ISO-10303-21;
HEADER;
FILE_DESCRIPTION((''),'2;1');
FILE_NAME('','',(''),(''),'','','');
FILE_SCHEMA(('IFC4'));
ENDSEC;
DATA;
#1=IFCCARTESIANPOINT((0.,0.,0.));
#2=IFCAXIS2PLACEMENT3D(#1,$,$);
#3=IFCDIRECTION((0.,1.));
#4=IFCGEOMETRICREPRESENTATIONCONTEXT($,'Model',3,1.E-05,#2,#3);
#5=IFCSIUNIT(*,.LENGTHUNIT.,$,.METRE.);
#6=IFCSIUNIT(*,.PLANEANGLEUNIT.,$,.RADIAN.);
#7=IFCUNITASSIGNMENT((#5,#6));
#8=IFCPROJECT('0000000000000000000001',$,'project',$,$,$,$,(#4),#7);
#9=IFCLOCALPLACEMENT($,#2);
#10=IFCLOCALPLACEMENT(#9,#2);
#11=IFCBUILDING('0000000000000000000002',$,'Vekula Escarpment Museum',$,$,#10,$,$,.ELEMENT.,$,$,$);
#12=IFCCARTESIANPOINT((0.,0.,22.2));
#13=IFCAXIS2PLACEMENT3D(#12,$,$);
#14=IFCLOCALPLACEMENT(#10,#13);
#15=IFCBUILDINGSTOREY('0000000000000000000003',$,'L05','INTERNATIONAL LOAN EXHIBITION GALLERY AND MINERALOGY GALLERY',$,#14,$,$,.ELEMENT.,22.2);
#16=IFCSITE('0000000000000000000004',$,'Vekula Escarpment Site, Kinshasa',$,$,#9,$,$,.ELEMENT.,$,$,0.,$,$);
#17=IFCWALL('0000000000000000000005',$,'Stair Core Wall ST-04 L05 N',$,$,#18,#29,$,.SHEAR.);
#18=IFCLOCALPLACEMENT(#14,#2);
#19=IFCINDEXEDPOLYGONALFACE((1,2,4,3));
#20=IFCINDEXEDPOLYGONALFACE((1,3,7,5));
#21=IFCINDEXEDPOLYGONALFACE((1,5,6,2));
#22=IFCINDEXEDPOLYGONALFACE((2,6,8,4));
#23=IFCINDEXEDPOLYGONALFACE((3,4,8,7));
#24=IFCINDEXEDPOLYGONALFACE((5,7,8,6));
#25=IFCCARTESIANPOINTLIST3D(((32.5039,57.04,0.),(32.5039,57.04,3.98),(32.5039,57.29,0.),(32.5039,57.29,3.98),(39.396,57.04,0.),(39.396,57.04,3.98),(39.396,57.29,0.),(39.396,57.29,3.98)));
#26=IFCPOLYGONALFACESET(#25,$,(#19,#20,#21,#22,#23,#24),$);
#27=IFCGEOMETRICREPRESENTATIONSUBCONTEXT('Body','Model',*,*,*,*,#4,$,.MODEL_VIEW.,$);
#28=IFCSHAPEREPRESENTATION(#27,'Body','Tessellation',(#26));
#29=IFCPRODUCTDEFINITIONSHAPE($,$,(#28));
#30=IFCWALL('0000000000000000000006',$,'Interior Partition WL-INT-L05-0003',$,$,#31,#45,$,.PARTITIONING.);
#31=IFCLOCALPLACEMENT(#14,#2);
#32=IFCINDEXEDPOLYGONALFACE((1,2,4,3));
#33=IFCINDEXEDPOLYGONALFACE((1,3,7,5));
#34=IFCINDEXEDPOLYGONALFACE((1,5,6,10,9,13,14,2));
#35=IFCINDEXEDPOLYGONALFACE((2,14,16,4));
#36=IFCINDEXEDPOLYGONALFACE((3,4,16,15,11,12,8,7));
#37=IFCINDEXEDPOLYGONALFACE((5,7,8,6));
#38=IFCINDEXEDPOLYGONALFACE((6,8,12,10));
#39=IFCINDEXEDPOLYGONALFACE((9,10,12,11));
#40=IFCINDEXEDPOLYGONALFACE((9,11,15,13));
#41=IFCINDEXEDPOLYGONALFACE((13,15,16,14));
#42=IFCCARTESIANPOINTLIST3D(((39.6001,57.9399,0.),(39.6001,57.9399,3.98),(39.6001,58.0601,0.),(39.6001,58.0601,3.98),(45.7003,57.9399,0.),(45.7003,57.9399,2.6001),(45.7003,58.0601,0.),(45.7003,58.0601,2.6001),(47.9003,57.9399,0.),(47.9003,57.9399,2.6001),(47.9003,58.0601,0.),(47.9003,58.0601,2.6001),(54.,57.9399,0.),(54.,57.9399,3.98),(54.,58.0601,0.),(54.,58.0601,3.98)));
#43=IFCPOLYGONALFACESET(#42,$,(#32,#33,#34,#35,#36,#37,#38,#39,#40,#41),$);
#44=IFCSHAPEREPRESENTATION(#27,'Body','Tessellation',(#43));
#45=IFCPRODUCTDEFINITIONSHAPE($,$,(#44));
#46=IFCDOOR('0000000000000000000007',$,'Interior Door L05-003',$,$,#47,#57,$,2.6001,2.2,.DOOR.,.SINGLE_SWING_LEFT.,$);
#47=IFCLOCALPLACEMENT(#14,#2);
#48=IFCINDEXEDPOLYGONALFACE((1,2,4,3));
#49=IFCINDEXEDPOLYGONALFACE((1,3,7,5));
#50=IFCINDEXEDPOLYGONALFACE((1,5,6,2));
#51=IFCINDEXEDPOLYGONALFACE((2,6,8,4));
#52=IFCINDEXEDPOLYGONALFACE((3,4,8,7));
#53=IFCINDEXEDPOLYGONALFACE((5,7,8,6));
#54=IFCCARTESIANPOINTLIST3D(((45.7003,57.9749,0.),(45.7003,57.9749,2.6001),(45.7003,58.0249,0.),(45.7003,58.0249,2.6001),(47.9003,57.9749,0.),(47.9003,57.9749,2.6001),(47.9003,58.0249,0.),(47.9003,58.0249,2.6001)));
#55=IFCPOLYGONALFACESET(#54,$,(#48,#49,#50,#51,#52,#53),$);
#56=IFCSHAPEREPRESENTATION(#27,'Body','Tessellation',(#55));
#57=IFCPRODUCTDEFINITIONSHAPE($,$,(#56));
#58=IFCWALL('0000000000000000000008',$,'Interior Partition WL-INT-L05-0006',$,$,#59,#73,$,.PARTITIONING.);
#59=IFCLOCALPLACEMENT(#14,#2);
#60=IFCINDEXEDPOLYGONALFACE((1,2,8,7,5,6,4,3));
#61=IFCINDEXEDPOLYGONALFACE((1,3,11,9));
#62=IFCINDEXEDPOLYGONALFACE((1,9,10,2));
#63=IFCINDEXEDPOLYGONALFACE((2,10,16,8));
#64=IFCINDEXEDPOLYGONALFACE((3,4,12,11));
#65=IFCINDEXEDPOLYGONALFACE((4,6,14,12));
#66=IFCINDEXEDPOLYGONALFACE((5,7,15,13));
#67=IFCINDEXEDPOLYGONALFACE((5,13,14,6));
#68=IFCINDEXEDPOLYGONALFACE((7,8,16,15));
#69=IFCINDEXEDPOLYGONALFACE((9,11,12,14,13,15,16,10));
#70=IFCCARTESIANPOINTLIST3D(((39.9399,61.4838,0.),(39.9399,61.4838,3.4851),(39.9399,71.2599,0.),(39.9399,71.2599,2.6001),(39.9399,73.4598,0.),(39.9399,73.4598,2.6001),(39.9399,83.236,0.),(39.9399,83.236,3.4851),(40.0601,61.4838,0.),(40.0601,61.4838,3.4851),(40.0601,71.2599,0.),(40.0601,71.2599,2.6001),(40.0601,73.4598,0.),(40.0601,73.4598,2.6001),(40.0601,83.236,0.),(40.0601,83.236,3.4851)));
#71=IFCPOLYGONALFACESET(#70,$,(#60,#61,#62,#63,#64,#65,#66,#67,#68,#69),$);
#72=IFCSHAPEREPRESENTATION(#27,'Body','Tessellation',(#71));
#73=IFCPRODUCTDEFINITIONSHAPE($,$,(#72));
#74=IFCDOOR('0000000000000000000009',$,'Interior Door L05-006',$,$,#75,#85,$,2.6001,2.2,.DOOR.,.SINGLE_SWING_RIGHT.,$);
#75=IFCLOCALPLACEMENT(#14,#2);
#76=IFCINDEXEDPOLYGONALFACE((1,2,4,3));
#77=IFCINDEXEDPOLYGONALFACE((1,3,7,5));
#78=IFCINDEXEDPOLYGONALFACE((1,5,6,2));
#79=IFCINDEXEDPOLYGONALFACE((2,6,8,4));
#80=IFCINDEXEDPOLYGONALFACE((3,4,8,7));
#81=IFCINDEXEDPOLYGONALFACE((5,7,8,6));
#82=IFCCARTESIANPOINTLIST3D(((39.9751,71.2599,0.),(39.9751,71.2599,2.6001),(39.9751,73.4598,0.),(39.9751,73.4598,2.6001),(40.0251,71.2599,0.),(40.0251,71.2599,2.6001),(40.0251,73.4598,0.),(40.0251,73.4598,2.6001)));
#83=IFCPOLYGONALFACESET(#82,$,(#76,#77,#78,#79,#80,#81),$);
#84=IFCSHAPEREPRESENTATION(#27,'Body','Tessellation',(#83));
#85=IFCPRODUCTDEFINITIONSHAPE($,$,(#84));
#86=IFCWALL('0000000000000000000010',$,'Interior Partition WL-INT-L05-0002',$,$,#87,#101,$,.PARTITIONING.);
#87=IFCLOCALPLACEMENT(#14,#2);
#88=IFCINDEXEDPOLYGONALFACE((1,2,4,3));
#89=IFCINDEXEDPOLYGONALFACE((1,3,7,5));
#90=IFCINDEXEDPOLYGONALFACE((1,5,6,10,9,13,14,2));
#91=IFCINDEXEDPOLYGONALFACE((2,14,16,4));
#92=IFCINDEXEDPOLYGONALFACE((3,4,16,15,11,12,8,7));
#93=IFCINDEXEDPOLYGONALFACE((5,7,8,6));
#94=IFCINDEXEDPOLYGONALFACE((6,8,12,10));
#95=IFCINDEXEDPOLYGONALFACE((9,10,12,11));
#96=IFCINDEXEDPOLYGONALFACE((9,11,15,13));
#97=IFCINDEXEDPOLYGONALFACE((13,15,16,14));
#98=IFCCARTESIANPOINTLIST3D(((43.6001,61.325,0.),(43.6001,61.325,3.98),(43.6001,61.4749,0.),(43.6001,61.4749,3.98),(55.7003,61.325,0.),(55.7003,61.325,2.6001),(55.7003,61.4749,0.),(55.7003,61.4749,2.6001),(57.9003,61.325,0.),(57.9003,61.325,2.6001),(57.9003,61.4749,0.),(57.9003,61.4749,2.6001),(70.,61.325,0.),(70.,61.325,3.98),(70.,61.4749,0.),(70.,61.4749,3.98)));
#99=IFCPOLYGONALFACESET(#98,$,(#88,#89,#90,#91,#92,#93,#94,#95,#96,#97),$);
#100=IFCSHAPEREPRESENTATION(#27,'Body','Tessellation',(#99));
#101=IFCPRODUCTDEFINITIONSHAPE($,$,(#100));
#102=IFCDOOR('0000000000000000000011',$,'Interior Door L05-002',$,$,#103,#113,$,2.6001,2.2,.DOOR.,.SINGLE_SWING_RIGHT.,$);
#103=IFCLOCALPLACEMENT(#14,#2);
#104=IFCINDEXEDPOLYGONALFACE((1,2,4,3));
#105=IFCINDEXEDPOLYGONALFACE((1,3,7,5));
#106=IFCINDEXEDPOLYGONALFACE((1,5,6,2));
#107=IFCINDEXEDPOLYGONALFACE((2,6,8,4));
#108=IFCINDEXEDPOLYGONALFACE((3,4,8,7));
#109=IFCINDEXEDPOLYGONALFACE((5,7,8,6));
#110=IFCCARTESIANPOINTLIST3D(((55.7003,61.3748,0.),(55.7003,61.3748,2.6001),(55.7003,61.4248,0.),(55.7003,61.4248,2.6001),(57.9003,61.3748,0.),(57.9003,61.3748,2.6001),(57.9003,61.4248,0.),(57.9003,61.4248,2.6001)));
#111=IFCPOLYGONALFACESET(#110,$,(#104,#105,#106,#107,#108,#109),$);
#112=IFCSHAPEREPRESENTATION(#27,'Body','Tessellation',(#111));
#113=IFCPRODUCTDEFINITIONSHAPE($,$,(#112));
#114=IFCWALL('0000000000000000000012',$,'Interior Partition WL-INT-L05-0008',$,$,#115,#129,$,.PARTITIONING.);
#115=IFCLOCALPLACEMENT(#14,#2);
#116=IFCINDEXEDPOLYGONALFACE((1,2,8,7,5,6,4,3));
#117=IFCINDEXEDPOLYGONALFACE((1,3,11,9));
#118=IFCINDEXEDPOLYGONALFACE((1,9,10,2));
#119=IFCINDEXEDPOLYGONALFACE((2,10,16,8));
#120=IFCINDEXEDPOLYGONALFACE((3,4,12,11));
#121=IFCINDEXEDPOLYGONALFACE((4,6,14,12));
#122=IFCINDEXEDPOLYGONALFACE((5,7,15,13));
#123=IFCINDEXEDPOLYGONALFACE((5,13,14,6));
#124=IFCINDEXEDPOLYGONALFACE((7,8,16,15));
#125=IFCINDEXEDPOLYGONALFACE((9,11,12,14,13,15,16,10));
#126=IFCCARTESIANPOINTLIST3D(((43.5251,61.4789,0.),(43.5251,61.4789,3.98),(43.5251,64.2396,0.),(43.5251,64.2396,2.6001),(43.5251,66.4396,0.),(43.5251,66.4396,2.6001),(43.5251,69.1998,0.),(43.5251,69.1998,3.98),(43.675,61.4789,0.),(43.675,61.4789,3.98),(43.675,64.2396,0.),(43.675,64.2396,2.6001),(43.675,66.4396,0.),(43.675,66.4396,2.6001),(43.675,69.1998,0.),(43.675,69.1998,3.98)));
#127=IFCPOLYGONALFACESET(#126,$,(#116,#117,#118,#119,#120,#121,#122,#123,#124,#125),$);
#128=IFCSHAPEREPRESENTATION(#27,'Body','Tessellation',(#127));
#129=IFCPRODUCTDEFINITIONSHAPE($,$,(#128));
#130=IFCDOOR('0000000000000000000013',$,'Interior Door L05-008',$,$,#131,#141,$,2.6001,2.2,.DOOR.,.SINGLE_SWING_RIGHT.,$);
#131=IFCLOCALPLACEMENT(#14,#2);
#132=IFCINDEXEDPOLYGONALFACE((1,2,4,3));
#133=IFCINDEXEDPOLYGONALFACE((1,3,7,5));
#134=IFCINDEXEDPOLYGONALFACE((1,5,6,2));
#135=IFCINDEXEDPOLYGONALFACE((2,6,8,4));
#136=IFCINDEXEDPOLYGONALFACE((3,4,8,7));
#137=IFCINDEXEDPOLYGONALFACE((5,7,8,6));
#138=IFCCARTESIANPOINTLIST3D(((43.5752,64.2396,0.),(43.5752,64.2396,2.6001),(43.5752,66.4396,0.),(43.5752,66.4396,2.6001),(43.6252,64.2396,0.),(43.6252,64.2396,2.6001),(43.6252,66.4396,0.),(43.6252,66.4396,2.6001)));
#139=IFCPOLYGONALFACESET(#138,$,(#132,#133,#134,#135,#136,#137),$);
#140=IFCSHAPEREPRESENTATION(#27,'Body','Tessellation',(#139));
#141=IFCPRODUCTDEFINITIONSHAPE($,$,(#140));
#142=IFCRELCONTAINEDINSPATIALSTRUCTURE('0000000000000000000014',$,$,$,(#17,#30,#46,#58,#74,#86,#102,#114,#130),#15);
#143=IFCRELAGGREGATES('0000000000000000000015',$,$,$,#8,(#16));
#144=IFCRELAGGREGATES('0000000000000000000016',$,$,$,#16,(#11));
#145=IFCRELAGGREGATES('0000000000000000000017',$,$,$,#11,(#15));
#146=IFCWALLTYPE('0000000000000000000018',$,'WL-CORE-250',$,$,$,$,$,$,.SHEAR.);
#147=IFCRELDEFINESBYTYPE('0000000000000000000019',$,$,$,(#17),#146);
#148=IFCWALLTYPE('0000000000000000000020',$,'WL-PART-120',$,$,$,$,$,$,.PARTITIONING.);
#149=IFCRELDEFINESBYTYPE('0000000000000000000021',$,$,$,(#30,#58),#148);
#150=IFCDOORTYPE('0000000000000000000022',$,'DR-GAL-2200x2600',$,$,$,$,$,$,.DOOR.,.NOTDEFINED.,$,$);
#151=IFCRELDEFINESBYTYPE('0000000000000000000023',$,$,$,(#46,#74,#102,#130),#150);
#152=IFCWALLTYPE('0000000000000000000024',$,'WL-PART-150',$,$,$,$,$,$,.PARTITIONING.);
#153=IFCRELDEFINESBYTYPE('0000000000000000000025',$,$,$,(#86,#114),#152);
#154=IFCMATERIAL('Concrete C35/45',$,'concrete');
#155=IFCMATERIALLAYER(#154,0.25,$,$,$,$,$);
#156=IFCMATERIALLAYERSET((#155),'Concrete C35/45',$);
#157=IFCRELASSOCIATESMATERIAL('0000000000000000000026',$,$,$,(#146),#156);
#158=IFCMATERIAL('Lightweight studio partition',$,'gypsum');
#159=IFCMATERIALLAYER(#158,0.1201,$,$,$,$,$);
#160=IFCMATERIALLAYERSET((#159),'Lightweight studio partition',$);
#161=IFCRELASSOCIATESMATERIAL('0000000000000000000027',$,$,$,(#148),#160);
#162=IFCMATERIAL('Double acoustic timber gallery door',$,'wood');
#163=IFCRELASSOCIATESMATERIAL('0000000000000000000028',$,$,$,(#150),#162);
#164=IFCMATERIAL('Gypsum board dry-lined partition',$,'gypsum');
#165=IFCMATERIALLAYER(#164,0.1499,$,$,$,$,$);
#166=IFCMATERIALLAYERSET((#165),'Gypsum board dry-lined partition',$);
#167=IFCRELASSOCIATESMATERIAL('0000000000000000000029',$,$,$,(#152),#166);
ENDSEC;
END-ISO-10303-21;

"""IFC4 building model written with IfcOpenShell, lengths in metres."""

from ifc_helpers import new_model, si_unit, direction, frame, frame_2d, origin, place, context, subcontext, project, spatial, rectangle, extrude, material, layer, layer_set, type_object, element, fill, save


model = new_model("IFC4")

# Units and contexts
model_context = context("Model", 3, precision=1e-05, world=origin(), true_north=direction((0.0, 1.0)))
body_context = subcontext(model_context, "Body", "Model", "MODEL_VIEW")
ifc_project = project(units=[si_unit("LENGTHUNIT", "METRE"), si_unit("PLANEANGLEUNIT", "RADIAN")], contexts=[model_context])

# Site, building, storey
site_placement = place(None, origin())
site = spatial("IfcSite", under=ifc_project, at=site_placement, Name="Vekula Escarpment Site, Kinshasa", CompositionType="ELEMENT", RefElevation=0.0)
building_placement = place(site_placement, origin())
building = spatial("IfcBuilding", under=site, at=building_placement, Name="Vekula Escarpment Museum", CompositionType="ELEMENT")
storey_placement = place(building_placement, frame((0.0, 0.0, 22.2)))
storey = spatial("IfcBuildingStorey", under=building, at=storey_placement, Name="L05", Description="INTERNATIONAL LOAN EXHIBITION GALLERY AND MINERALOGY GALLERY", CompositionType="ELEMENT", Elevation=22.2)

# Wall
ifc_material_1 = material(Name="Concrete C35/45", Category="concrete")
ifc_layer_1 = layer(ifc_material_1, 0.25)
ifc_layer_set_1 = layer_set([ifc_layer_1], Name="Concrete C35/45")
wall_type_1 = type_object("IfcWallType", Name="WL-CORE-250", PredefinedType="SHEAR", material=ifc_layer_set_1)
wall_1_placement = place(storey_placement, frame((32.5039, 57.165, 0.0), z_axis=(0.0, 0.0, 1.0), x_axis=(1.0, 0.0, 0.0)))
element("IfcWall", 1, at=wall_1_placement, inside=storey, type_object=wall_type_1, Name="Stair Core Wall ST-04 L05 N", PredefinedType="SHEAR", context=body_context, shape_type="SweptSolid", body=[
    extrude(rectangle(XDim=6.8921, YDim=0.25, at=frame_2d((3.446, 0.0))), origin(), (0.0, 0.0, 1.0), 3.98),
])

# Walls, openings, doors
ifc_material_2 = material(Name="Lightweight studio partition", Category="gypsum")
ifc_layer_2 = layer(ifc_material_2, 0.1201)
ifc_layer_set_2 = layer_set([ifc_layer_2], Name="Lightweight studio partition")
wall_type_2 = type_object("IfcWallType", Name="WL-PART-120", PredefinedType="PARTITIONING", material=ifc_layer_set_2)
wall_2_placement = place(storey_placement, frame((39.6001, 58.0, 0.0), z_axis=(0.0, 0.0, 1.0), x_axis=(1.0, 0.0, 0.0)))
wall_2 = element("IfcWall", 2, at=wall_2_placement, inside=storey, type_object=wall_type_2, Name="Interior Partition WL-INT-L05-0003", PredefinedType="PARTITIONING", context=body_context, shape_type="SweptSolid", body=[
    extrude(rectangle(XDim=14.3999, YDim=0.1201, at=frame_2d((7.2, 0.0))), origin(), (0.0, 0.0, 1.0), 3.98),
])
opening_1_placement = place(wall_2_placement, frame((6.1001, 0.0, 0.0)))
opening_1 = element("IfcOpeningElement", 3, at=opening_1_placement, cuts=wall_2, PredefinedType="OPENING", context=body_context, shape_type="SweptSolid", body=[
    extrude(rectangle(XDim=2.2, YDim=2.6001, at=frame_2d((1.1001, 1.3))), frame((0.0, 0.0701, 0.0), z_axis=(0.0, -1.0, 0.0), x_axis=(1.0, 0.0, 0.0)), (0.0, 0.0, 1.0), 0.1401),
])
ifc_material_3 = material(Name="Double acoustic timber gallery door", Category="wood")
door_type_1 = type_object("IfcDoorType", Name="DR-GAL-2200x2600", OperationType="NOTDEFINED", PredefinedType="DOOR", material=ifc_material_3)
door_1_placement = place(opening_1_placement, origin())
door_1 = element("IfcDoor", 4, at=door_1_placement, inside=storey, type_object=door_type_1, Name="Interior Door L05-003", OperationType="SINGLE_SWING_LEFT", OverallHeight=2.6001, OverallWidth=2.2, PredefinedType="DOOR", context=body_context, shape_type="SweptSolid", body=[
    extrude(rectangle(XDim=2.2, YDim=2.6001, at=frame_2d((1.1001, 1.3))), frame((0.0, 0.0249, 0.0), z_axis=(0.0, -1.0, 0.0), x_axis=(1.0, 0.0, 0.0)), (0.0, 0.0, 1.0), 0.05),
])
fill(opening_1, door_1)
wall_3_placement = place(storey_placement, frame((40.0, 61.4839, 0.0), z_axis=(0.0, 0.0, 1.0), x_axis=(0.0, 1.0, 0.0)))
wall_3 = element("IfcWall", 5, at=wall_3_placement, inside=storey, type_object=wall_type_2, Name="Interior Partition WL-INT-L05-0006", PredefinedType="PARTITIONING", context=body_context, shape_type="SweptSolid", body=[
    extrude(rectangle(XDim=21.7522, YDim=0.1201, at=frame_2d((10.876, 0.0))), origin(), (0.0, 0.0, 1.0), 3.4851),
])
opening_2_placement = place(wall_3_placement, frame((9.7759, 0.0, 0.0)))
opening_2 = element("IfcOpeningElement", 6, at=opening_2_placement, cuts=wall_3, PredefinedType="OPENING", context=body_context, shape_type="SweptSolid", body=[
    extrude(rectangle(XDim=2.2, YDim=2.6001, at=frame_2d((1.1001, 1.3))), frame((0.0, 0.0701, 0.0), z_axis=(0.0, -1.0, 0.0), x_axis=(1.0, 0.0, 0.0)), (0.0, 0.0, 1.0), 0.1401),
])
door_2_placement = place(opening_2_placement, origin())
door_2 = element("IfcDoor", 7, at=door_2_placement, inside=storey, type_object=door_type_1, Name="Interior Door L05-006", OperationType="SINGLE_SWING_RIGHT", OverallHeight=2.6001, OverallWidth=2.2, PredefinedType="DOOR", context=body_context, shape_type="SweptSolid", body=[
    extrude(rectangle(XDim=2.2, YDim=2.6001, at=frame_2d((1.1001, 1.3))), frame((0.0, 0.0249, 0.0), z_axis=(0.0, -1.0, 0.0), x_axis=(1.0, 0.0, 0.0)), (0.0, 0.0, 1.0), 0.05),
])
fill(opening_2, door_2)
ifc_material_4 = material(Name="Gypsum board dry-lined partition", Category="gypsum")
ifc_layer_3 = layer(ifc_material_4, 0.1499)
ifc_layer_set_3 = layer_set([ifc_layer_3], Name="Gypsum board dry-lined partition")
wall_type_3 = type_object("IfcWallType", Name="WL-PART-150", PredefinedType="PARTITIONING", material=ifc_layer_set_3)
wall_4_placement = place(storey_placement, frame((43.6001, 61.3999, 0.0), z_axis=(0.0, 0.0, 1.0), x_axis=(1.0, 0.0, 0.0)))
wall_4 = element("IfcWall", 8, at=wall_4_placement, inside=storey, type_object=wall_type_3, Name="Interior Partition WL-INT-L05-0002", PredefinedType="PARTITIONING", context=body_context, shape_type="SweptSolid", body=[
    extrude(rectangle(XDim=26.3999, YDim=0.1499, at=frame_2d((13.2, 0.0))), origin(), (0.0, 0.0, 1.0), 3.98),
])
opening_3_placement = place(wall_4_placement, frame((12.1001, 0.0, 0.0)))
opening_3 = element("IfcOpeningElement", 9, at=opening_3_placement, cuts=wall_4, PredefinedType="OPENING", context=body_context, shape_type="SweptSolid", body=[
    extrude(rectangle(XDim=2.2, YDim=2.6001, at=frame_2d((1.1001, 1.3))), frame((0.0, 0.085, 0.0), z_axis=(0.0, -1.0, 0.0), x_axis=(1.0, 0.0, 0.0)), (0.0, 0.0, 1.0), 0.1699),
])
door_3_placement = place(opening_3_placement, origin())
door_3 = element("IfcDoor", 10, at=door_3_placement, inside=storey, type_object=door_type_1, Name="Interior Door L05-002", OperationType="SINGLE_SWING_RIGHT", OverallHeight=2.6001, OverallWidth=2.2, PredefinedType="DOOR", context=body_context, shape_type="SweptSolid", body=[
    extrude(rectangle(XDim=2.2, YDim=2.6001, at=frame_2d((1.1001, 1.3))), frame((0.0, 0.0249, 0.0), z_axis=(0.0, -1.0, 0.0), x_axis=(1.0, 0.0, 0.0)), (0.0, 0.0, 1.0), 0.05),
])
fill(opening_3, door_3)
wall_5_placement = place(storey_placement, frame((43.6001, 61.479, 0.0), z_axis=(0.0, 0.0, 1.0), x_axis=(0.0, 1.0, 0.0)))
wall_5 = element("IfcWall", 11, at=wall_5_placement, inside=storey, type_object=wall_type_3, Name="Interior Partition WL-INT-L05-0008", PredefinedType="PARTITIONING", context=body_context, shape_type="SweptSolid", body=[
    extrude(rectangle(XDim=7.7209, YDim=0.1499, at=frame_2d((3.8604, 0.0))), origin(), (0.0, 0.0, 1.0), 3.98),
])
opening_4_placement = place(wall_5_placement, frame((2.7605, 0.0, 0.0)))
opening_4 = element("IfcOpeningElement", 12, at=opening_4_placement, cuts=wall_5, PredefinedType="OPENING", context=body_context, shape_type="SweptSolid", body=[
    extrude(rectangle(XDim=2.2, YDim=2.6001, at=frame_2d((1.1001, 1.3))), frame((0.0, 0.085, 0.0), z_axis=(0.0, -1.0, 0.0), x_axis=(1.0, 0.0, 0.0)), (0.0, 0.0, 1.0), 0.1699),
])
door_4_placement = place(opening_4_placement, origin())
door_4 = element("IfcDoor", 13, at=door_4_placement, inside=storey, type_object=door_type_1, Name="Interior Door L05-008", OperationType="SINGLE_SWING_RIGHT", OverallHeight=2.6001, OverallWidth=2.2, PredefinedType="DOOR", context=body_context, shape_type="SweptSolid", body=[
    extrude(rectangle(XDim=2.2, YDim=2.6001, at=frame_2d((1.1001, 1.3))), frame((0.0, 0.0249, 0.0), z_axis=(0.0, -1.0, 0.0), x_axis=(1.0, 0.0, 0.0)), (0.0, 0.0, 1.0), 0.05),
])
fill(opening_4, door_4)

save(model, "model.ifc")
